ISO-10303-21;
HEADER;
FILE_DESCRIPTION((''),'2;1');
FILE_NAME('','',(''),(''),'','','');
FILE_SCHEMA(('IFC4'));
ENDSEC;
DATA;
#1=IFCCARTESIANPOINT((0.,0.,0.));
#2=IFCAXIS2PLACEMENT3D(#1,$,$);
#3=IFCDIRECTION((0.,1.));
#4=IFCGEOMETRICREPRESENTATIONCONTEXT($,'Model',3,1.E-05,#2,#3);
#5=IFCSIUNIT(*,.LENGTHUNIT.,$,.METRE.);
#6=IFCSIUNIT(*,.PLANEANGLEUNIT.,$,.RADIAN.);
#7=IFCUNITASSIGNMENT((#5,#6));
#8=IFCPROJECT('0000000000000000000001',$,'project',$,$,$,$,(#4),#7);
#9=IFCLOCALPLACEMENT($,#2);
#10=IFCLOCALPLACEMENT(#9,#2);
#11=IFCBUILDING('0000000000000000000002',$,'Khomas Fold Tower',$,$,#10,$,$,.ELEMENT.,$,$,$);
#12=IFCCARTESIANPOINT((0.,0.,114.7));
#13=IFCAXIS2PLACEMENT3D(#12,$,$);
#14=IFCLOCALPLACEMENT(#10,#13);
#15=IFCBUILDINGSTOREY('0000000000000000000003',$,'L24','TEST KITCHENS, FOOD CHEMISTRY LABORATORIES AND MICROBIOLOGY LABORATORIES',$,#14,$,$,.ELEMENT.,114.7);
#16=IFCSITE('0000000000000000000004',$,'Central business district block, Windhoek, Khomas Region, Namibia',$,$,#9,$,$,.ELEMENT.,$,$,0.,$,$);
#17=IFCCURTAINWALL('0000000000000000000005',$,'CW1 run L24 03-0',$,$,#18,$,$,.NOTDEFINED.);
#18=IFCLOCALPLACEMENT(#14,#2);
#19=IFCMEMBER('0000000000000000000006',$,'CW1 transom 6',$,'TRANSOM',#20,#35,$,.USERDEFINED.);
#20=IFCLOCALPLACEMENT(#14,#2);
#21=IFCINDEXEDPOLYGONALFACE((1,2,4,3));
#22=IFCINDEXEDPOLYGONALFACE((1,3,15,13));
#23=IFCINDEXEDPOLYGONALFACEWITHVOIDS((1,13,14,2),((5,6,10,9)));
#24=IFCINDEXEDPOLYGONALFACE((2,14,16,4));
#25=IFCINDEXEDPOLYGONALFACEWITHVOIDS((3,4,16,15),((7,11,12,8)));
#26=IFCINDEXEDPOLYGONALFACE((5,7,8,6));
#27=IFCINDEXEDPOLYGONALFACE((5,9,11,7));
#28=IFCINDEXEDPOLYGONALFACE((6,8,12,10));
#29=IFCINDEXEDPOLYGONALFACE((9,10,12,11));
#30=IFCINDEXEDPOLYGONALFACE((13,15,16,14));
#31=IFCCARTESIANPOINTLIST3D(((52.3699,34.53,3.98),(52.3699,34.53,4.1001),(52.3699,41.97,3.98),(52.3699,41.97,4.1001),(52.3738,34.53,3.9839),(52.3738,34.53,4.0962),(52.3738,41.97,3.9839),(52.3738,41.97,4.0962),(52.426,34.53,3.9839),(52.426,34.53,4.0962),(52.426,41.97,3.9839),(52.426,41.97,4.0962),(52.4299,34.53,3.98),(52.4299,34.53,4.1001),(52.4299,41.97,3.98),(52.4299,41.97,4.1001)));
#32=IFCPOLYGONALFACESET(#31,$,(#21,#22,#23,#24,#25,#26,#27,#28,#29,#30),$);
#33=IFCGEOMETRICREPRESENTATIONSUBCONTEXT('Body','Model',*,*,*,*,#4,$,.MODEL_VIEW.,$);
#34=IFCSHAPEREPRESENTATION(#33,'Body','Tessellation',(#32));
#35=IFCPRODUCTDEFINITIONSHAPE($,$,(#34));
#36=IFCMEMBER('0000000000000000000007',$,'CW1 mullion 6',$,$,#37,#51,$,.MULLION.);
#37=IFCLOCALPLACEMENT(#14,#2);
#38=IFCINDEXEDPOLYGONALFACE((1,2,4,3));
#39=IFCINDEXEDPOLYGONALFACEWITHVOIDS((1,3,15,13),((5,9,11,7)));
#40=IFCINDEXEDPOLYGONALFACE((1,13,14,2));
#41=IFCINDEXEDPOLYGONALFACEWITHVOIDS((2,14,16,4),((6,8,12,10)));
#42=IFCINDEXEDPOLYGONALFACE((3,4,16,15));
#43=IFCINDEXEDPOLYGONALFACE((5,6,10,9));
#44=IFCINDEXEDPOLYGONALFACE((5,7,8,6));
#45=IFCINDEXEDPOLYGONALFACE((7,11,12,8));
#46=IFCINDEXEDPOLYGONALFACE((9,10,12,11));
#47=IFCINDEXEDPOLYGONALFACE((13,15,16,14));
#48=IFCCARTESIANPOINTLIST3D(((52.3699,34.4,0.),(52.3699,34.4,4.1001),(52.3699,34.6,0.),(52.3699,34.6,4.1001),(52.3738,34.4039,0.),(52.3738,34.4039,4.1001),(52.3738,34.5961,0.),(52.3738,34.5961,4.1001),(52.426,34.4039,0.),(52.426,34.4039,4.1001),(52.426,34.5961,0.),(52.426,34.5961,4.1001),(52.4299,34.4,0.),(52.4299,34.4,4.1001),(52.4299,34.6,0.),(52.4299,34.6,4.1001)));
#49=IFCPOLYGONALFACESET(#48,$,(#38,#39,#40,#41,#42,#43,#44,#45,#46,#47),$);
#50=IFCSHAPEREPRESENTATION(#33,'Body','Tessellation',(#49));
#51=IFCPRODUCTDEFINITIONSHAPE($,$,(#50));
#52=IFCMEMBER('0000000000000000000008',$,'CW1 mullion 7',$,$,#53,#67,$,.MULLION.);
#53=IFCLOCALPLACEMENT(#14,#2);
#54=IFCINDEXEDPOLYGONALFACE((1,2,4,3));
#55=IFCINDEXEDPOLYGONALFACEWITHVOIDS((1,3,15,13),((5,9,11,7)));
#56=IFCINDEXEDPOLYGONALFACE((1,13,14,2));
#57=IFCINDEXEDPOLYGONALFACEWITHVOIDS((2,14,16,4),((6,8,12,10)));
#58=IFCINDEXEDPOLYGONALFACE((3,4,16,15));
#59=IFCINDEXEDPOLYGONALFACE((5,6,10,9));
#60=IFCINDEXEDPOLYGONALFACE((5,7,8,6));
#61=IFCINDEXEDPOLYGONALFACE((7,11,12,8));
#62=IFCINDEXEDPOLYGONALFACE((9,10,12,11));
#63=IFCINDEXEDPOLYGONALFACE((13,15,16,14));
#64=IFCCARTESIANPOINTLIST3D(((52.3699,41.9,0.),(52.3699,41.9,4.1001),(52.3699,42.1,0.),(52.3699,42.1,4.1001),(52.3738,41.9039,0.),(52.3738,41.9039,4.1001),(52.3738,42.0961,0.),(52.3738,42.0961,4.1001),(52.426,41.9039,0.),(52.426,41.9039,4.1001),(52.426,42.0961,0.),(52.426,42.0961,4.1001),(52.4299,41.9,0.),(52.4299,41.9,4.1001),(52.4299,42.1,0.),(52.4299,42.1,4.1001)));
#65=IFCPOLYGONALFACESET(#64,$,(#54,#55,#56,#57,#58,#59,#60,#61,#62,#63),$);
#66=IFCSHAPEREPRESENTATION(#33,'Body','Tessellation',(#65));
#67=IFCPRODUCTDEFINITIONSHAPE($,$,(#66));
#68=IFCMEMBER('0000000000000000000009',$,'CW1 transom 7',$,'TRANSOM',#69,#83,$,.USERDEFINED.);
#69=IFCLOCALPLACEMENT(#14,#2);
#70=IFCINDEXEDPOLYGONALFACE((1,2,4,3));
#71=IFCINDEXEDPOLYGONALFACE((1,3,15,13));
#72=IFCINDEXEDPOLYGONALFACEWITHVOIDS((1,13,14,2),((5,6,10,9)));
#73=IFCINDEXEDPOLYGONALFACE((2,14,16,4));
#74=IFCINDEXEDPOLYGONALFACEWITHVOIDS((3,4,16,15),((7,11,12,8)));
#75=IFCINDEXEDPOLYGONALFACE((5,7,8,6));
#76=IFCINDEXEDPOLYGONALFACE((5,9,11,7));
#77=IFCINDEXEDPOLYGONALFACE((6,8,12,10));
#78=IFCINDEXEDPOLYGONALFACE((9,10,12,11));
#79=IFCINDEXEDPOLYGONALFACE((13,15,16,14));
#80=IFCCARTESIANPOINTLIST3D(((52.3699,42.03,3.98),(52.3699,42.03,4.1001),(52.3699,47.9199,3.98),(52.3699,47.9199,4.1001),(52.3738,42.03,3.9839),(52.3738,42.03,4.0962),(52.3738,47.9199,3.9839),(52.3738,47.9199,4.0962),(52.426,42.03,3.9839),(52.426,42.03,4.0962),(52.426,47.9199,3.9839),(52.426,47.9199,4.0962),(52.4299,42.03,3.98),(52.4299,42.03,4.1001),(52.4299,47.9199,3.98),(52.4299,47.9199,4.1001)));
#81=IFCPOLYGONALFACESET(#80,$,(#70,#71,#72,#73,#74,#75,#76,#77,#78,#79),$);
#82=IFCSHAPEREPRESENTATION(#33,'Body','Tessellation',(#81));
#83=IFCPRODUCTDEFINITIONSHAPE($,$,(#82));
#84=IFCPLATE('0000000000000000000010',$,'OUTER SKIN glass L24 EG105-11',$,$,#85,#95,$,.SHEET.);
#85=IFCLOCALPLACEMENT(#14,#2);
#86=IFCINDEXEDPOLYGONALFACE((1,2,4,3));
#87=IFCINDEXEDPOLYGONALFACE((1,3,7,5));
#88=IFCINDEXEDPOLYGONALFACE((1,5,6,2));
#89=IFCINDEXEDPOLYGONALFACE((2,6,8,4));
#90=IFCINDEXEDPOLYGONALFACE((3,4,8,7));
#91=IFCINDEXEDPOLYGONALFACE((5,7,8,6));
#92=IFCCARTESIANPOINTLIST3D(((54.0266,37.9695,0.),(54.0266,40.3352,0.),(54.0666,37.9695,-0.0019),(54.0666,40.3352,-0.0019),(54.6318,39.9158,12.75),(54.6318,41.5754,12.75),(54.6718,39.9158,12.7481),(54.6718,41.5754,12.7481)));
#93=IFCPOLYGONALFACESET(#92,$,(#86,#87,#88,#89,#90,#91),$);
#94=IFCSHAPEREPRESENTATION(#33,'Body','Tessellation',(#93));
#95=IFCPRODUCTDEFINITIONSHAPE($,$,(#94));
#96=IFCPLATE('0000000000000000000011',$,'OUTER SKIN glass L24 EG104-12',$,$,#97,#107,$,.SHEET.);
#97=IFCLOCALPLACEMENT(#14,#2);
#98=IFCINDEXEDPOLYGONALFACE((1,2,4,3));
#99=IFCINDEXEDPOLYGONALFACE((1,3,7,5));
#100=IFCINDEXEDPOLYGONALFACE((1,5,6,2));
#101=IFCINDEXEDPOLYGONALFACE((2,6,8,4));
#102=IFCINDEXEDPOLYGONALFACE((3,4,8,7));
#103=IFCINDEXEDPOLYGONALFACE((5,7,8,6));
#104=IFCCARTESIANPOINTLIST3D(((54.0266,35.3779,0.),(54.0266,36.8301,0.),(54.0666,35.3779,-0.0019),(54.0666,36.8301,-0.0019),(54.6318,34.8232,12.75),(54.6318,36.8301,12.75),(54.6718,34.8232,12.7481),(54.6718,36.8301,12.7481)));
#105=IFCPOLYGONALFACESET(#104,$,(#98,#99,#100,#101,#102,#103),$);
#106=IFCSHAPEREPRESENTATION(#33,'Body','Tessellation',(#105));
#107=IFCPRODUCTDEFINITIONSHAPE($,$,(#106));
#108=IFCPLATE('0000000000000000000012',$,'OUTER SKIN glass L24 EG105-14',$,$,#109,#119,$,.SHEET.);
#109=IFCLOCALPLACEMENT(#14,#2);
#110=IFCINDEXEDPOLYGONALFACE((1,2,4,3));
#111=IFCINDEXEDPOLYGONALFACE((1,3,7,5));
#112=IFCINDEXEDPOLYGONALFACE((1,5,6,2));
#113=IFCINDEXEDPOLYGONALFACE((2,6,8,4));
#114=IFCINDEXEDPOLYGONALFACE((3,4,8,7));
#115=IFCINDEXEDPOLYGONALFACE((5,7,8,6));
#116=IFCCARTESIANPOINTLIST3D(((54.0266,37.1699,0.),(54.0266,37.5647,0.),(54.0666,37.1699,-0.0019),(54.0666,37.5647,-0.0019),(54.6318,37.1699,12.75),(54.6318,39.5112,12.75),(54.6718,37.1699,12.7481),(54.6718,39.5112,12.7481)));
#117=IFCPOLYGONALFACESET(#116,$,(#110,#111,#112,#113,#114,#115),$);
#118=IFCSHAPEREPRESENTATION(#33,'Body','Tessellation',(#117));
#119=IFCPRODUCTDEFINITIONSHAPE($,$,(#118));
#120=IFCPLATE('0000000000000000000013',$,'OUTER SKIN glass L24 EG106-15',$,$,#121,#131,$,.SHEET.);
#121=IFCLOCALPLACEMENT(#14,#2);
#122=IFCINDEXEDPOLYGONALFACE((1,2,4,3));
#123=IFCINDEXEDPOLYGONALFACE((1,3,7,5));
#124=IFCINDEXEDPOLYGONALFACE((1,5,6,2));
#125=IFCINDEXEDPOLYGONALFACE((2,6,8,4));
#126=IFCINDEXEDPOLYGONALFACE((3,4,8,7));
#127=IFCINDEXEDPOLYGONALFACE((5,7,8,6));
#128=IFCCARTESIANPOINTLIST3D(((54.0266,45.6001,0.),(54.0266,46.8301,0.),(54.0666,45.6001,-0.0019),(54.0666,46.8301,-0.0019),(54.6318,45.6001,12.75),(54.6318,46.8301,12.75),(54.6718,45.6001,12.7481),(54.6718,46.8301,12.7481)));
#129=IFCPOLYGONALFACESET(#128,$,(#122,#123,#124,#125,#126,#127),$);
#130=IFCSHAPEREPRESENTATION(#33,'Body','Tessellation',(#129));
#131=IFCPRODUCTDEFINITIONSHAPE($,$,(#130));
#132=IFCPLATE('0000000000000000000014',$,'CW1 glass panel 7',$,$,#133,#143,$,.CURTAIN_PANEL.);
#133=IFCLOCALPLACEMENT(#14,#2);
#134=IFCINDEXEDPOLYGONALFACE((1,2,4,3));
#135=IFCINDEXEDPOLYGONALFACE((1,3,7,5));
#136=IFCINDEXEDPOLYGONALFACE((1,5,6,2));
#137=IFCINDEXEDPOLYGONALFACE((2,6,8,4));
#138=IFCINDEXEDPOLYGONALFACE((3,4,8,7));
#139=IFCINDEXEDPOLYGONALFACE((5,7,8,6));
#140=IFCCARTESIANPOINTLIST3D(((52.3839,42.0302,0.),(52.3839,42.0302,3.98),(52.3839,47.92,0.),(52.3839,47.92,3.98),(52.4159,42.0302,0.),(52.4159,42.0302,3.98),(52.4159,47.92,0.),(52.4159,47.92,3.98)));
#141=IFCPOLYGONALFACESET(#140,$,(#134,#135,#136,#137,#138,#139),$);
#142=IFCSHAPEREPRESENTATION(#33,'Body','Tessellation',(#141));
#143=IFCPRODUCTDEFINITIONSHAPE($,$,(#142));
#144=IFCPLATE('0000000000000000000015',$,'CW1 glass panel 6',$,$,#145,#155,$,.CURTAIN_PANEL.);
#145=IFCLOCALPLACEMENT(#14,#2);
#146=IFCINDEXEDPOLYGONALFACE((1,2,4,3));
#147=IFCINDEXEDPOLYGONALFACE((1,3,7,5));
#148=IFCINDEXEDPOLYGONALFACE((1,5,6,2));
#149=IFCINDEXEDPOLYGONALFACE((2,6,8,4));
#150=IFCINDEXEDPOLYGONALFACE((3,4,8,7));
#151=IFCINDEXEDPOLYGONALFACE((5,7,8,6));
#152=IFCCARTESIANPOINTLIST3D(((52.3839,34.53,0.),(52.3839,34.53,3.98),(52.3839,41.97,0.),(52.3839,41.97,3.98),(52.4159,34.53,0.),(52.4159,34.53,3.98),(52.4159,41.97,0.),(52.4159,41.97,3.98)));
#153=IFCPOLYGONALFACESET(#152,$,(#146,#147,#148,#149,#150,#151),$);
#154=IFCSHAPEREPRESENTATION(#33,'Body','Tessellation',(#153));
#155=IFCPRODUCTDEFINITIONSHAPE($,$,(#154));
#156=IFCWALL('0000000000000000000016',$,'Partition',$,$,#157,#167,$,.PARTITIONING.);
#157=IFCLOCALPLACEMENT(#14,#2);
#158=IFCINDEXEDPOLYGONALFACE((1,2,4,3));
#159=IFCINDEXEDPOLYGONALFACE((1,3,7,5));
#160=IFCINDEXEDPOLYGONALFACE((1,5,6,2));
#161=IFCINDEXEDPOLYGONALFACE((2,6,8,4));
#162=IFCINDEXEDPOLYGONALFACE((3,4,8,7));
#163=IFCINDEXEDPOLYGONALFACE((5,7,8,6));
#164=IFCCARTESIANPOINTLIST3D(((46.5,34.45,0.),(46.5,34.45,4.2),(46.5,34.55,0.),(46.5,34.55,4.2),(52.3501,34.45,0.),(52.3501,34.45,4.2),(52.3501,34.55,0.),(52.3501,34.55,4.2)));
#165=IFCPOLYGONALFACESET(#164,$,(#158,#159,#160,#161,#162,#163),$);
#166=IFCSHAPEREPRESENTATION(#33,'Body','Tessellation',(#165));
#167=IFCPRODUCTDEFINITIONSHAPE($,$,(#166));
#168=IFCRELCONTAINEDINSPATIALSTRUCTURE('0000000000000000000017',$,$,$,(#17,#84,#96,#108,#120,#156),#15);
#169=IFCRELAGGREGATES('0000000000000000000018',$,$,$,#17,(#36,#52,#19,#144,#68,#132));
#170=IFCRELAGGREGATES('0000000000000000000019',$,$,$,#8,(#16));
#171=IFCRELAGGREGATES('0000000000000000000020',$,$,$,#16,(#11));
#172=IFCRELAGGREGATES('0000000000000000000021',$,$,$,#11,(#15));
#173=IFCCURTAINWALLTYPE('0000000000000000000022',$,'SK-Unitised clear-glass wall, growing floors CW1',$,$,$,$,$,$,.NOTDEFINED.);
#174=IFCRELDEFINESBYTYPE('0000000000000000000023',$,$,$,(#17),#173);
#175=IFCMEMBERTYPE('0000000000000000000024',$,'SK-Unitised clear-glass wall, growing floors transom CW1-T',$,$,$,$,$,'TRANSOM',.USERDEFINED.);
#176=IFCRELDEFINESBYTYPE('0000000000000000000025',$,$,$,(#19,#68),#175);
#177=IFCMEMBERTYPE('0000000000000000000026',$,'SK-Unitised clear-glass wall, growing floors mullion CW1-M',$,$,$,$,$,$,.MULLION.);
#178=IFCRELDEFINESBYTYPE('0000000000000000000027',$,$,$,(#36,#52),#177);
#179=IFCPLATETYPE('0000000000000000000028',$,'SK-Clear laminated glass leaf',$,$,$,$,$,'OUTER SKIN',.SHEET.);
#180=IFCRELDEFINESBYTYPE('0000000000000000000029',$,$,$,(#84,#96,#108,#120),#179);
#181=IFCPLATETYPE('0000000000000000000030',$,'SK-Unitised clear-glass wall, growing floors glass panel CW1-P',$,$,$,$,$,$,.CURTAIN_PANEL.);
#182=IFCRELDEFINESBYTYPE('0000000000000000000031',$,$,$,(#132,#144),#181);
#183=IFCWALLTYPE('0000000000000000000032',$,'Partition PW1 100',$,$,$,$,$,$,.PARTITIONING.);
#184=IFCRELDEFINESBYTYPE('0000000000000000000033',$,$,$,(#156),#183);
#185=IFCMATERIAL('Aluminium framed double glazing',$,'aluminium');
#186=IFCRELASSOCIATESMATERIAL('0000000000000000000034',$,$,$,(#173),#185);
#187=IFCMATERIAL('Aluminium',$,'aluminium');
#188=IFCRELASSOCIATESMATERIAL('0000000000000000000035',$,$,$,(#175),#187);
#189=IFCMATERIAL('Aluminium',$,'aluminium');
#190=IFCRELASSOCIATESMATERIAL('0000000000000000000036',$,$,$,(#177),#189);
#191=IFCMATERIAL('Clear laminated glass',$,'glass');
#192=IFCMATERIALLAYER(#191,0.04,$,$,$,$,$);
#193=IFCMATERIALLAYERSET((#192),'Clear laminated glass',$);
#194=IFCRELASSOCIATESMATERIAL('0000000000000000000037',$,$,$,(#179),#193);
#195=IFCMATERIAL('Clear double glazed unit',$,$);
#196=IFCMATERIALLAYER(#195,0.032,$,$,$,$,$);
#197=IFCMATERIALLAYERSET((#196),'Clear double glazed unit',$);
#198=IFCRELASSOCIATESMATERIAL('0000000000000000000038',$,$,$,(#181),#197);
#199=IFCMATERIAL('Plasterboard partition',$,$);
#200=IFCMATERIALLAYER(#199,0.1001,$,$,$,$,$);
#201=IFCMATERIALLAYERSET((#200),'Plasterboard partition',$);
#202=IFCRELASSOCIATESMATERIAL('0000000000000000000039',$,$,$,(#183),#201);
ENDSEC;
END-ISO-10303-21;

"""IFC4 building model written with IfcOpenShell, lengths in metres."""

from ifc_helpers import new_model, si_unit, direction, frame, frame_2d, origin, origin_2d, place, context, subcontext, project, spatial, polyline, rectangle, hollow_rectangle, outline, extrude, source, transform, mapped, material, layer, layer_set, material_profile, profile_set, type_object, element, aggregate, save


model = new_model("IFC4")

# Units and contexts
model_context = context("Model", 3, precision=1e-05, world=origin(), true_north=direction((0.0, 1.0)))
body_context = subcontext(model_context, "Body", "Model", "MODEL_VIEW")
ifc_project = project(units=[si_unit("LENGTHUNIT", "METRE"), si_unit("PLANEANGLEUNIT", "RADIAN")], contexts=[model_context])

# Site, building, storey
site_placement = place(None, origin())
site = spatial("IfcSite", under=ifc_project, at=site_placement, Name="Central business district block, Windhoek, Khomas Region, Namibia", CompositionType="ELEMENT", RefElevation=0.0)
building_placement = place(site_placement, origin())
building = spatial("IfcBuilding", under=site, at=building_placement, Name="Khomas Fold Tower", CompositionType="ELEMENT")
storey_placement = place(building_placement, frame((0.0, 0.0, 114.7)))
storey = spatial("IfcBuildingStorey", under=building, at=storey_placement, Name="L24", Description="TEST KITCHENS, FOOD CHEMISTRY LABORATORIES AND MICROBIOLOGY LABORATORIES", CompositionType="ELEMENT", Elevation=114.7)

# Curtain wall, members
ifc_material_1 = material(Name="Aluminium framed double glazing", Category="aluminium")
curtain_wall_type = type_object("IfcCurtainWallType", Name="SK-Unitised clear-glass wall, growing floors CW1", PredefinedType="NOTDEFINED", material=ifc_material_1)
curtain_wall_placement = place(storey_placement, origin())
curtain_wall = element("IfcCurtainWall", 1, at=curtain_wall_placement, inside=storey, type_object=curtain_wall_type, Name="CW1 run L24 03-0", PredefinedType="NOTDEFINED")
ifc_material_2 = material(Name="Aluminium", Category="aluminium")
ifc_material_profile_1 = material_profile(ifc_material_2, hollow_rectangle(XDim=0.0601, YDim=0.1201, WallThickness=0.0039, at=origin_2d()), Name="SK-Unitised clear-glass wall, growing floors transom CW1-T")
ifc_profile_set_1 = profile_set([ifc_material_profile_1], Name="Aluminium")
member_type_1 = type_object("IfcMemberType", Name="SK-Unitised clear-glass wall, growing floors transom CW1-T", ElementType="TRANSOM", PredefinedType="USERDEFINED", material=ifc_profile_set_1)
shared_shape_1 = source(origin(), body_context, "Body", "SweptSolid", [
    extrude(hollow_rectangle(XDim=0.0601, YDim=0.1201, WallThickness=0.0039, at=origin_2d()), origin(), (0.0, 0.0, 1.0), 7.4399),
])
member_1_placement = place(storey_placement, frame((52.3999, 34.53, 4.04), z_axis=(0.0, 1.0, 0.0), x_axis=(-1.0, 0.0, 0.0)))
member_1 = element("IfcMember", 2, at=member_1_placement, type_object=member_type_1, Name="CW1 transom 6", ObjectType="TRANSOM", PredefinedType="USERDEFINED", context=body_context, shape_type="MappedRepresentation", body=[
    mapped(shared_shape_1, transform((0.0, 0.0, 0.0))),
])
ifc_material_3 = material(Name="Aluminium", Category="aluminium")
ifc_material_profile_2 = material_profile(ifc_material_3, hollow_rectangle(XDim=0.0601, YDim=0.2, WallThickness=0.0039, at=origin_2d()), Name="SK-Unitised clear-glass wall, growing floors mullion CW1-M")
ifc_profile_set_2 = profile_set([ifc_material_profile_2], Name="Aluminium")
member_type_2 = type_object("IfcMemberType", Name="SK-Unitised clear-glass wall, growing floors mullion CW1-M", PredefinedType="MULLION", material=ifc_profile_set_2)
shared_shape_2 = source(origin(), body_context, "Body", "SweptSolid", [
    extrude(hollow_rectangle(XDim=0.0601, YDim=0.2, WallThickness=0.0039, at=origin_2d()), origin(), (0.0, 0.0, 1.0), 4.1001),
])
member_2_placement = place(storey_placement, frame((52.3999, 34.5, 0.0), z_axis=(0.0, 0.0, 1.0), x_axis=(-1.0, 0.0, 0.0)))
member_2 = element("IfcMember", 3, at=member_2_placement, type_object=member_type_2, Name="CW1 mullion 6", PredefinedType="MULLION", context=body_context, shape_type="MappedRepresentation", body=[
    mapped(shared_shape_2, transform((0.0, 0.0, 0.0))),
])
member_3_placement = place(storey_placement, frame((52.3999, 42.0, 0.0), z_axis=(0.0, 0.0, 1.0), x_axis=(-1.0, 0.0, 0.0)))
member_3 = element("IfcMember", 4, at=member_3_placement, type_object=member_type_2, Name="CW1 mullion 7", PredefinedType="MULLION", context=body_context, shape_type="MappedRepresentation", body=[
    mapped(shared_shape_2, transform((0.0, 0.0, 0.0))),
])
shared_shape_3 = source(origin(), body_context, "Body", "SweptSolid", [
    extrude(hollow_rectangle(XDim=0.0601, YDim=0.1201, WallThickness=0.0039, at=origin_2d()), origin(), (0.0, 0.0, 1.0), 5.8899),
])
member_4_placement = place(storey_placement, frame((52.3999, 42.03, 4.04), z_axis=(0.0, 1.0, 0.0), x_axis=(-1.0, 0.0, 0.0)))
member_4 = element("IfcMember", 5, at=member_4_placement, type_object=member_type_1, Name="CW1 transom 7", ObjectType="TRANSOM", PredefinedType="USERDEFINED", context=body_context, shape_type="MappedRepresentation", body=[
    mapped(shared_shape_3, transform((0.0, 0.0, 0.0))),
])

# Plates
ifc_material_4 = material(Name="Clear laminated glass", Category="glass")
ifc_layer_1 = layer(ifc_material_4, 0.04)
ifc_layer_set_1 = layer_set([ifc_layer_1], Name="Clear laminated glass")
plate_type_1 = type_object("IfcPlateType", Name="SK-Clear laminated glass leaf", ElementType="OUTER SKIN", PredefinedType="SHEET", material=ifc_layer_set_1)
plate_1_placement = place(storey_placement, frame((54.0266, 40.3352, 0.0), z_axis=(-0.998875, 0.0, 0.047415), x_axis=(0.0, -1.0, 0.0)))
element("IfcPlate", 6, at=plate_1_placement, inside=storey, type_object=plate_type_1, Name="OUTER SKIN glass L24 EG105-11", PredefinedType="SHEET", context=body_context, shape_type="SweptSolid", body=[
    extrude(outline(polyline([(0.0, 0.0), (2.3657, 0.0), (0.4194, 12.7644), (-1.2402, 12.7644), (0.0, 0.0)])), origin(), (0.0, 0.0, -1.0), 0.04),
])
plate_2_placement = place(storey_placement, frame((54.0266, 35.3779, 0.0), z_axis=(-0.998875, 0.0, 0.047415), x_axis=(0.047371, -0.043415, 0.997933)))
element("IfcPlate", 7, at=plate_2_placement, inside=storey, type_object=plate_type_1, Name="OUTER SKIN glass L24 EG104-12", PredefinedType="SHEET", context=body_context, shape_type="SweptSolid", body=[
    extrude(outline(polyline([(0.0, 0.0), (12.7764, 0.0), (12.6893, 2.0049), (-0.063, 1.4508), (0.0, 0.0)])), origin(), (0.0, 0.0, -1.0), 0.04),
])
plate_3_placement = place(storey_placement, frame((54.0266, 37.5647, 0.0), z_axis=(-0.998875, 0.0, 0.047415), x_axis=(0.0, -1.0, 0.0)))
element("IfcPlate", 8, at=plate_3_placement, inside=storey, type_object=plate_type_1, Name="OUTER SKIN glass L24 EG105-14", PredefinedType="SHEET", context=body_context, shape_type="SweptSolid", body=[
    extrude(outline(polyline([(0.0, 0.0), (0.3948, 0.0), (0.3948, 12.7644), (-1.9465, 12.7644), (0.0, 0.0)])), origin(), (0.0, 0.0, -1.0), 0.04),
])
plate_4_placement = place(storey_placement, frame((54.0266, 45.6001, 0.0), z_axis=(-0.998875, 0.0, 0.047415), x_axis=(0.047415, 0.0, 0.998875)))
element("IfcPlate", 9, at=plate_4_placement, inside=storey, type_object=plate_type_1, Name="OUTER SKIN glass L24 EG106-15", PredefinedType="SHEET", context=body_context, shape_type="SweptSolid", body=[
    extrude(outline(polyline([(0.0, 0.0), (12.7644, 0.0), (12.7644, 1.23), (0.0, 1.23), (0.0, 0.0)])), origin(), (0.0, 0.0, -1.0), 0.04),
])

# Plates
ifc_material_5 = material(Name="Clear double glazed unit")
ifc_layer_2 = layer(ifc_material_5, 0.032)
ifc_layer_set_2 = layer_set([ifc_layer_2], Name="Clear double glazed unit")
plate_type_2 = type_object("IfcPlateType", Name="SK-Unitised clear-glass wall, growing floors glass panel CW1-P", PredefinedType="CURTAIN_PANEL", material=ifc_layer_set_2)
shared_shape_4 = source(origin(), body_context, "Body", "SweptSolid", [
    extrude(rectangle(XDim=5.8899, YDim=0.032, at=origin_2d()), origin(), (0.0, 0.0, 1.0), 3.98),
])
plate_5_placement = place(storey_placement, frame((52.3999, 44.9751, 0.0), z_axis=(0.0, 0.0, 1.0), x_axis=(0.0, 1.0, 0.0)))
plate_5 = element("IfcPlate", 10, at=plate_5_placement, type_object=plate_type_2, Name="CW1 glass panel 7", PredefinedType="CURTAIN_PANEL", context=body_context, shape_type="MappedRepresentation", body=[
    mapped(shared_shape_4, transform((0.0, 0.0, 0.0))),
])
shared_shape_5 = source(origin(), body_context, "Body", "SweptSolid", [
    extrude(rectangle(XDim=7.4399, YDim=0.032, at=origin_2d()), origin(), (0.0, 0.0, 1.0), 3.98),
])
plate_6_placement = place(storey_placement, frame((52.3999, 38.25, 0.0), z_axis=(0.0, 0.0, 1.0), x_axis=(0.0, 1.0, 0.0)))
plate_6 = element("IfcPlate", 11, at=plate_6_placement, type_object=plate_type_2, Name="CW1 glass panel 6", PredefinedType="CURTAIN_PANEL", context=body_context, shape_type="MappedRepresentation", body=[
    mapped(shared_shape_5, transform((0.0, 0.0, 0.0))),
])
aggregate(curtain_wall, [member_2, member_3, member_1, plate_6, member_4, plate_5])

# Wall
ifc_material_6 = material(Name="Plasterboard partition")
ifc_layer_3 = layer(ifc_material_6, 0.1001)
ifc_layer_set_3 = layer_set([ifc_layer_3], Name="Plasterboard partition")
wall_type = type_object("IfcWallType", Name="Partition PW1 100", PredefinedType="PARTITIONING", material=ifc_layer_set_3)
shared_shape_6 = source(origin(), body_context, "Body", "SweptSolid", [
    extrude(rectangle(XDim=5.8501, YDim=0.1001, at=frame_2d((2.925, 0.0))), origin(), (0.0, 0.0, 1.0), 4.2),
])
wall_placement = place(storey_placement, frame((46.5, 34.5, 0.0), z_axis=(0.0, 0.0, 1.0), x_axis=(1.0, 0.0, 0.0)))
element("IfcWall", 12, at=wall_placement, inside=storey, type_object=wall_type, Name="Partition", PredefinedType="PARTITIONING", context=body_context, shape_type="MappedRepresentation", body=[
    mapped(shared_shape_6, transform((0.0, 0.0, 0.0))),
])

save(model, "model.ifc")
